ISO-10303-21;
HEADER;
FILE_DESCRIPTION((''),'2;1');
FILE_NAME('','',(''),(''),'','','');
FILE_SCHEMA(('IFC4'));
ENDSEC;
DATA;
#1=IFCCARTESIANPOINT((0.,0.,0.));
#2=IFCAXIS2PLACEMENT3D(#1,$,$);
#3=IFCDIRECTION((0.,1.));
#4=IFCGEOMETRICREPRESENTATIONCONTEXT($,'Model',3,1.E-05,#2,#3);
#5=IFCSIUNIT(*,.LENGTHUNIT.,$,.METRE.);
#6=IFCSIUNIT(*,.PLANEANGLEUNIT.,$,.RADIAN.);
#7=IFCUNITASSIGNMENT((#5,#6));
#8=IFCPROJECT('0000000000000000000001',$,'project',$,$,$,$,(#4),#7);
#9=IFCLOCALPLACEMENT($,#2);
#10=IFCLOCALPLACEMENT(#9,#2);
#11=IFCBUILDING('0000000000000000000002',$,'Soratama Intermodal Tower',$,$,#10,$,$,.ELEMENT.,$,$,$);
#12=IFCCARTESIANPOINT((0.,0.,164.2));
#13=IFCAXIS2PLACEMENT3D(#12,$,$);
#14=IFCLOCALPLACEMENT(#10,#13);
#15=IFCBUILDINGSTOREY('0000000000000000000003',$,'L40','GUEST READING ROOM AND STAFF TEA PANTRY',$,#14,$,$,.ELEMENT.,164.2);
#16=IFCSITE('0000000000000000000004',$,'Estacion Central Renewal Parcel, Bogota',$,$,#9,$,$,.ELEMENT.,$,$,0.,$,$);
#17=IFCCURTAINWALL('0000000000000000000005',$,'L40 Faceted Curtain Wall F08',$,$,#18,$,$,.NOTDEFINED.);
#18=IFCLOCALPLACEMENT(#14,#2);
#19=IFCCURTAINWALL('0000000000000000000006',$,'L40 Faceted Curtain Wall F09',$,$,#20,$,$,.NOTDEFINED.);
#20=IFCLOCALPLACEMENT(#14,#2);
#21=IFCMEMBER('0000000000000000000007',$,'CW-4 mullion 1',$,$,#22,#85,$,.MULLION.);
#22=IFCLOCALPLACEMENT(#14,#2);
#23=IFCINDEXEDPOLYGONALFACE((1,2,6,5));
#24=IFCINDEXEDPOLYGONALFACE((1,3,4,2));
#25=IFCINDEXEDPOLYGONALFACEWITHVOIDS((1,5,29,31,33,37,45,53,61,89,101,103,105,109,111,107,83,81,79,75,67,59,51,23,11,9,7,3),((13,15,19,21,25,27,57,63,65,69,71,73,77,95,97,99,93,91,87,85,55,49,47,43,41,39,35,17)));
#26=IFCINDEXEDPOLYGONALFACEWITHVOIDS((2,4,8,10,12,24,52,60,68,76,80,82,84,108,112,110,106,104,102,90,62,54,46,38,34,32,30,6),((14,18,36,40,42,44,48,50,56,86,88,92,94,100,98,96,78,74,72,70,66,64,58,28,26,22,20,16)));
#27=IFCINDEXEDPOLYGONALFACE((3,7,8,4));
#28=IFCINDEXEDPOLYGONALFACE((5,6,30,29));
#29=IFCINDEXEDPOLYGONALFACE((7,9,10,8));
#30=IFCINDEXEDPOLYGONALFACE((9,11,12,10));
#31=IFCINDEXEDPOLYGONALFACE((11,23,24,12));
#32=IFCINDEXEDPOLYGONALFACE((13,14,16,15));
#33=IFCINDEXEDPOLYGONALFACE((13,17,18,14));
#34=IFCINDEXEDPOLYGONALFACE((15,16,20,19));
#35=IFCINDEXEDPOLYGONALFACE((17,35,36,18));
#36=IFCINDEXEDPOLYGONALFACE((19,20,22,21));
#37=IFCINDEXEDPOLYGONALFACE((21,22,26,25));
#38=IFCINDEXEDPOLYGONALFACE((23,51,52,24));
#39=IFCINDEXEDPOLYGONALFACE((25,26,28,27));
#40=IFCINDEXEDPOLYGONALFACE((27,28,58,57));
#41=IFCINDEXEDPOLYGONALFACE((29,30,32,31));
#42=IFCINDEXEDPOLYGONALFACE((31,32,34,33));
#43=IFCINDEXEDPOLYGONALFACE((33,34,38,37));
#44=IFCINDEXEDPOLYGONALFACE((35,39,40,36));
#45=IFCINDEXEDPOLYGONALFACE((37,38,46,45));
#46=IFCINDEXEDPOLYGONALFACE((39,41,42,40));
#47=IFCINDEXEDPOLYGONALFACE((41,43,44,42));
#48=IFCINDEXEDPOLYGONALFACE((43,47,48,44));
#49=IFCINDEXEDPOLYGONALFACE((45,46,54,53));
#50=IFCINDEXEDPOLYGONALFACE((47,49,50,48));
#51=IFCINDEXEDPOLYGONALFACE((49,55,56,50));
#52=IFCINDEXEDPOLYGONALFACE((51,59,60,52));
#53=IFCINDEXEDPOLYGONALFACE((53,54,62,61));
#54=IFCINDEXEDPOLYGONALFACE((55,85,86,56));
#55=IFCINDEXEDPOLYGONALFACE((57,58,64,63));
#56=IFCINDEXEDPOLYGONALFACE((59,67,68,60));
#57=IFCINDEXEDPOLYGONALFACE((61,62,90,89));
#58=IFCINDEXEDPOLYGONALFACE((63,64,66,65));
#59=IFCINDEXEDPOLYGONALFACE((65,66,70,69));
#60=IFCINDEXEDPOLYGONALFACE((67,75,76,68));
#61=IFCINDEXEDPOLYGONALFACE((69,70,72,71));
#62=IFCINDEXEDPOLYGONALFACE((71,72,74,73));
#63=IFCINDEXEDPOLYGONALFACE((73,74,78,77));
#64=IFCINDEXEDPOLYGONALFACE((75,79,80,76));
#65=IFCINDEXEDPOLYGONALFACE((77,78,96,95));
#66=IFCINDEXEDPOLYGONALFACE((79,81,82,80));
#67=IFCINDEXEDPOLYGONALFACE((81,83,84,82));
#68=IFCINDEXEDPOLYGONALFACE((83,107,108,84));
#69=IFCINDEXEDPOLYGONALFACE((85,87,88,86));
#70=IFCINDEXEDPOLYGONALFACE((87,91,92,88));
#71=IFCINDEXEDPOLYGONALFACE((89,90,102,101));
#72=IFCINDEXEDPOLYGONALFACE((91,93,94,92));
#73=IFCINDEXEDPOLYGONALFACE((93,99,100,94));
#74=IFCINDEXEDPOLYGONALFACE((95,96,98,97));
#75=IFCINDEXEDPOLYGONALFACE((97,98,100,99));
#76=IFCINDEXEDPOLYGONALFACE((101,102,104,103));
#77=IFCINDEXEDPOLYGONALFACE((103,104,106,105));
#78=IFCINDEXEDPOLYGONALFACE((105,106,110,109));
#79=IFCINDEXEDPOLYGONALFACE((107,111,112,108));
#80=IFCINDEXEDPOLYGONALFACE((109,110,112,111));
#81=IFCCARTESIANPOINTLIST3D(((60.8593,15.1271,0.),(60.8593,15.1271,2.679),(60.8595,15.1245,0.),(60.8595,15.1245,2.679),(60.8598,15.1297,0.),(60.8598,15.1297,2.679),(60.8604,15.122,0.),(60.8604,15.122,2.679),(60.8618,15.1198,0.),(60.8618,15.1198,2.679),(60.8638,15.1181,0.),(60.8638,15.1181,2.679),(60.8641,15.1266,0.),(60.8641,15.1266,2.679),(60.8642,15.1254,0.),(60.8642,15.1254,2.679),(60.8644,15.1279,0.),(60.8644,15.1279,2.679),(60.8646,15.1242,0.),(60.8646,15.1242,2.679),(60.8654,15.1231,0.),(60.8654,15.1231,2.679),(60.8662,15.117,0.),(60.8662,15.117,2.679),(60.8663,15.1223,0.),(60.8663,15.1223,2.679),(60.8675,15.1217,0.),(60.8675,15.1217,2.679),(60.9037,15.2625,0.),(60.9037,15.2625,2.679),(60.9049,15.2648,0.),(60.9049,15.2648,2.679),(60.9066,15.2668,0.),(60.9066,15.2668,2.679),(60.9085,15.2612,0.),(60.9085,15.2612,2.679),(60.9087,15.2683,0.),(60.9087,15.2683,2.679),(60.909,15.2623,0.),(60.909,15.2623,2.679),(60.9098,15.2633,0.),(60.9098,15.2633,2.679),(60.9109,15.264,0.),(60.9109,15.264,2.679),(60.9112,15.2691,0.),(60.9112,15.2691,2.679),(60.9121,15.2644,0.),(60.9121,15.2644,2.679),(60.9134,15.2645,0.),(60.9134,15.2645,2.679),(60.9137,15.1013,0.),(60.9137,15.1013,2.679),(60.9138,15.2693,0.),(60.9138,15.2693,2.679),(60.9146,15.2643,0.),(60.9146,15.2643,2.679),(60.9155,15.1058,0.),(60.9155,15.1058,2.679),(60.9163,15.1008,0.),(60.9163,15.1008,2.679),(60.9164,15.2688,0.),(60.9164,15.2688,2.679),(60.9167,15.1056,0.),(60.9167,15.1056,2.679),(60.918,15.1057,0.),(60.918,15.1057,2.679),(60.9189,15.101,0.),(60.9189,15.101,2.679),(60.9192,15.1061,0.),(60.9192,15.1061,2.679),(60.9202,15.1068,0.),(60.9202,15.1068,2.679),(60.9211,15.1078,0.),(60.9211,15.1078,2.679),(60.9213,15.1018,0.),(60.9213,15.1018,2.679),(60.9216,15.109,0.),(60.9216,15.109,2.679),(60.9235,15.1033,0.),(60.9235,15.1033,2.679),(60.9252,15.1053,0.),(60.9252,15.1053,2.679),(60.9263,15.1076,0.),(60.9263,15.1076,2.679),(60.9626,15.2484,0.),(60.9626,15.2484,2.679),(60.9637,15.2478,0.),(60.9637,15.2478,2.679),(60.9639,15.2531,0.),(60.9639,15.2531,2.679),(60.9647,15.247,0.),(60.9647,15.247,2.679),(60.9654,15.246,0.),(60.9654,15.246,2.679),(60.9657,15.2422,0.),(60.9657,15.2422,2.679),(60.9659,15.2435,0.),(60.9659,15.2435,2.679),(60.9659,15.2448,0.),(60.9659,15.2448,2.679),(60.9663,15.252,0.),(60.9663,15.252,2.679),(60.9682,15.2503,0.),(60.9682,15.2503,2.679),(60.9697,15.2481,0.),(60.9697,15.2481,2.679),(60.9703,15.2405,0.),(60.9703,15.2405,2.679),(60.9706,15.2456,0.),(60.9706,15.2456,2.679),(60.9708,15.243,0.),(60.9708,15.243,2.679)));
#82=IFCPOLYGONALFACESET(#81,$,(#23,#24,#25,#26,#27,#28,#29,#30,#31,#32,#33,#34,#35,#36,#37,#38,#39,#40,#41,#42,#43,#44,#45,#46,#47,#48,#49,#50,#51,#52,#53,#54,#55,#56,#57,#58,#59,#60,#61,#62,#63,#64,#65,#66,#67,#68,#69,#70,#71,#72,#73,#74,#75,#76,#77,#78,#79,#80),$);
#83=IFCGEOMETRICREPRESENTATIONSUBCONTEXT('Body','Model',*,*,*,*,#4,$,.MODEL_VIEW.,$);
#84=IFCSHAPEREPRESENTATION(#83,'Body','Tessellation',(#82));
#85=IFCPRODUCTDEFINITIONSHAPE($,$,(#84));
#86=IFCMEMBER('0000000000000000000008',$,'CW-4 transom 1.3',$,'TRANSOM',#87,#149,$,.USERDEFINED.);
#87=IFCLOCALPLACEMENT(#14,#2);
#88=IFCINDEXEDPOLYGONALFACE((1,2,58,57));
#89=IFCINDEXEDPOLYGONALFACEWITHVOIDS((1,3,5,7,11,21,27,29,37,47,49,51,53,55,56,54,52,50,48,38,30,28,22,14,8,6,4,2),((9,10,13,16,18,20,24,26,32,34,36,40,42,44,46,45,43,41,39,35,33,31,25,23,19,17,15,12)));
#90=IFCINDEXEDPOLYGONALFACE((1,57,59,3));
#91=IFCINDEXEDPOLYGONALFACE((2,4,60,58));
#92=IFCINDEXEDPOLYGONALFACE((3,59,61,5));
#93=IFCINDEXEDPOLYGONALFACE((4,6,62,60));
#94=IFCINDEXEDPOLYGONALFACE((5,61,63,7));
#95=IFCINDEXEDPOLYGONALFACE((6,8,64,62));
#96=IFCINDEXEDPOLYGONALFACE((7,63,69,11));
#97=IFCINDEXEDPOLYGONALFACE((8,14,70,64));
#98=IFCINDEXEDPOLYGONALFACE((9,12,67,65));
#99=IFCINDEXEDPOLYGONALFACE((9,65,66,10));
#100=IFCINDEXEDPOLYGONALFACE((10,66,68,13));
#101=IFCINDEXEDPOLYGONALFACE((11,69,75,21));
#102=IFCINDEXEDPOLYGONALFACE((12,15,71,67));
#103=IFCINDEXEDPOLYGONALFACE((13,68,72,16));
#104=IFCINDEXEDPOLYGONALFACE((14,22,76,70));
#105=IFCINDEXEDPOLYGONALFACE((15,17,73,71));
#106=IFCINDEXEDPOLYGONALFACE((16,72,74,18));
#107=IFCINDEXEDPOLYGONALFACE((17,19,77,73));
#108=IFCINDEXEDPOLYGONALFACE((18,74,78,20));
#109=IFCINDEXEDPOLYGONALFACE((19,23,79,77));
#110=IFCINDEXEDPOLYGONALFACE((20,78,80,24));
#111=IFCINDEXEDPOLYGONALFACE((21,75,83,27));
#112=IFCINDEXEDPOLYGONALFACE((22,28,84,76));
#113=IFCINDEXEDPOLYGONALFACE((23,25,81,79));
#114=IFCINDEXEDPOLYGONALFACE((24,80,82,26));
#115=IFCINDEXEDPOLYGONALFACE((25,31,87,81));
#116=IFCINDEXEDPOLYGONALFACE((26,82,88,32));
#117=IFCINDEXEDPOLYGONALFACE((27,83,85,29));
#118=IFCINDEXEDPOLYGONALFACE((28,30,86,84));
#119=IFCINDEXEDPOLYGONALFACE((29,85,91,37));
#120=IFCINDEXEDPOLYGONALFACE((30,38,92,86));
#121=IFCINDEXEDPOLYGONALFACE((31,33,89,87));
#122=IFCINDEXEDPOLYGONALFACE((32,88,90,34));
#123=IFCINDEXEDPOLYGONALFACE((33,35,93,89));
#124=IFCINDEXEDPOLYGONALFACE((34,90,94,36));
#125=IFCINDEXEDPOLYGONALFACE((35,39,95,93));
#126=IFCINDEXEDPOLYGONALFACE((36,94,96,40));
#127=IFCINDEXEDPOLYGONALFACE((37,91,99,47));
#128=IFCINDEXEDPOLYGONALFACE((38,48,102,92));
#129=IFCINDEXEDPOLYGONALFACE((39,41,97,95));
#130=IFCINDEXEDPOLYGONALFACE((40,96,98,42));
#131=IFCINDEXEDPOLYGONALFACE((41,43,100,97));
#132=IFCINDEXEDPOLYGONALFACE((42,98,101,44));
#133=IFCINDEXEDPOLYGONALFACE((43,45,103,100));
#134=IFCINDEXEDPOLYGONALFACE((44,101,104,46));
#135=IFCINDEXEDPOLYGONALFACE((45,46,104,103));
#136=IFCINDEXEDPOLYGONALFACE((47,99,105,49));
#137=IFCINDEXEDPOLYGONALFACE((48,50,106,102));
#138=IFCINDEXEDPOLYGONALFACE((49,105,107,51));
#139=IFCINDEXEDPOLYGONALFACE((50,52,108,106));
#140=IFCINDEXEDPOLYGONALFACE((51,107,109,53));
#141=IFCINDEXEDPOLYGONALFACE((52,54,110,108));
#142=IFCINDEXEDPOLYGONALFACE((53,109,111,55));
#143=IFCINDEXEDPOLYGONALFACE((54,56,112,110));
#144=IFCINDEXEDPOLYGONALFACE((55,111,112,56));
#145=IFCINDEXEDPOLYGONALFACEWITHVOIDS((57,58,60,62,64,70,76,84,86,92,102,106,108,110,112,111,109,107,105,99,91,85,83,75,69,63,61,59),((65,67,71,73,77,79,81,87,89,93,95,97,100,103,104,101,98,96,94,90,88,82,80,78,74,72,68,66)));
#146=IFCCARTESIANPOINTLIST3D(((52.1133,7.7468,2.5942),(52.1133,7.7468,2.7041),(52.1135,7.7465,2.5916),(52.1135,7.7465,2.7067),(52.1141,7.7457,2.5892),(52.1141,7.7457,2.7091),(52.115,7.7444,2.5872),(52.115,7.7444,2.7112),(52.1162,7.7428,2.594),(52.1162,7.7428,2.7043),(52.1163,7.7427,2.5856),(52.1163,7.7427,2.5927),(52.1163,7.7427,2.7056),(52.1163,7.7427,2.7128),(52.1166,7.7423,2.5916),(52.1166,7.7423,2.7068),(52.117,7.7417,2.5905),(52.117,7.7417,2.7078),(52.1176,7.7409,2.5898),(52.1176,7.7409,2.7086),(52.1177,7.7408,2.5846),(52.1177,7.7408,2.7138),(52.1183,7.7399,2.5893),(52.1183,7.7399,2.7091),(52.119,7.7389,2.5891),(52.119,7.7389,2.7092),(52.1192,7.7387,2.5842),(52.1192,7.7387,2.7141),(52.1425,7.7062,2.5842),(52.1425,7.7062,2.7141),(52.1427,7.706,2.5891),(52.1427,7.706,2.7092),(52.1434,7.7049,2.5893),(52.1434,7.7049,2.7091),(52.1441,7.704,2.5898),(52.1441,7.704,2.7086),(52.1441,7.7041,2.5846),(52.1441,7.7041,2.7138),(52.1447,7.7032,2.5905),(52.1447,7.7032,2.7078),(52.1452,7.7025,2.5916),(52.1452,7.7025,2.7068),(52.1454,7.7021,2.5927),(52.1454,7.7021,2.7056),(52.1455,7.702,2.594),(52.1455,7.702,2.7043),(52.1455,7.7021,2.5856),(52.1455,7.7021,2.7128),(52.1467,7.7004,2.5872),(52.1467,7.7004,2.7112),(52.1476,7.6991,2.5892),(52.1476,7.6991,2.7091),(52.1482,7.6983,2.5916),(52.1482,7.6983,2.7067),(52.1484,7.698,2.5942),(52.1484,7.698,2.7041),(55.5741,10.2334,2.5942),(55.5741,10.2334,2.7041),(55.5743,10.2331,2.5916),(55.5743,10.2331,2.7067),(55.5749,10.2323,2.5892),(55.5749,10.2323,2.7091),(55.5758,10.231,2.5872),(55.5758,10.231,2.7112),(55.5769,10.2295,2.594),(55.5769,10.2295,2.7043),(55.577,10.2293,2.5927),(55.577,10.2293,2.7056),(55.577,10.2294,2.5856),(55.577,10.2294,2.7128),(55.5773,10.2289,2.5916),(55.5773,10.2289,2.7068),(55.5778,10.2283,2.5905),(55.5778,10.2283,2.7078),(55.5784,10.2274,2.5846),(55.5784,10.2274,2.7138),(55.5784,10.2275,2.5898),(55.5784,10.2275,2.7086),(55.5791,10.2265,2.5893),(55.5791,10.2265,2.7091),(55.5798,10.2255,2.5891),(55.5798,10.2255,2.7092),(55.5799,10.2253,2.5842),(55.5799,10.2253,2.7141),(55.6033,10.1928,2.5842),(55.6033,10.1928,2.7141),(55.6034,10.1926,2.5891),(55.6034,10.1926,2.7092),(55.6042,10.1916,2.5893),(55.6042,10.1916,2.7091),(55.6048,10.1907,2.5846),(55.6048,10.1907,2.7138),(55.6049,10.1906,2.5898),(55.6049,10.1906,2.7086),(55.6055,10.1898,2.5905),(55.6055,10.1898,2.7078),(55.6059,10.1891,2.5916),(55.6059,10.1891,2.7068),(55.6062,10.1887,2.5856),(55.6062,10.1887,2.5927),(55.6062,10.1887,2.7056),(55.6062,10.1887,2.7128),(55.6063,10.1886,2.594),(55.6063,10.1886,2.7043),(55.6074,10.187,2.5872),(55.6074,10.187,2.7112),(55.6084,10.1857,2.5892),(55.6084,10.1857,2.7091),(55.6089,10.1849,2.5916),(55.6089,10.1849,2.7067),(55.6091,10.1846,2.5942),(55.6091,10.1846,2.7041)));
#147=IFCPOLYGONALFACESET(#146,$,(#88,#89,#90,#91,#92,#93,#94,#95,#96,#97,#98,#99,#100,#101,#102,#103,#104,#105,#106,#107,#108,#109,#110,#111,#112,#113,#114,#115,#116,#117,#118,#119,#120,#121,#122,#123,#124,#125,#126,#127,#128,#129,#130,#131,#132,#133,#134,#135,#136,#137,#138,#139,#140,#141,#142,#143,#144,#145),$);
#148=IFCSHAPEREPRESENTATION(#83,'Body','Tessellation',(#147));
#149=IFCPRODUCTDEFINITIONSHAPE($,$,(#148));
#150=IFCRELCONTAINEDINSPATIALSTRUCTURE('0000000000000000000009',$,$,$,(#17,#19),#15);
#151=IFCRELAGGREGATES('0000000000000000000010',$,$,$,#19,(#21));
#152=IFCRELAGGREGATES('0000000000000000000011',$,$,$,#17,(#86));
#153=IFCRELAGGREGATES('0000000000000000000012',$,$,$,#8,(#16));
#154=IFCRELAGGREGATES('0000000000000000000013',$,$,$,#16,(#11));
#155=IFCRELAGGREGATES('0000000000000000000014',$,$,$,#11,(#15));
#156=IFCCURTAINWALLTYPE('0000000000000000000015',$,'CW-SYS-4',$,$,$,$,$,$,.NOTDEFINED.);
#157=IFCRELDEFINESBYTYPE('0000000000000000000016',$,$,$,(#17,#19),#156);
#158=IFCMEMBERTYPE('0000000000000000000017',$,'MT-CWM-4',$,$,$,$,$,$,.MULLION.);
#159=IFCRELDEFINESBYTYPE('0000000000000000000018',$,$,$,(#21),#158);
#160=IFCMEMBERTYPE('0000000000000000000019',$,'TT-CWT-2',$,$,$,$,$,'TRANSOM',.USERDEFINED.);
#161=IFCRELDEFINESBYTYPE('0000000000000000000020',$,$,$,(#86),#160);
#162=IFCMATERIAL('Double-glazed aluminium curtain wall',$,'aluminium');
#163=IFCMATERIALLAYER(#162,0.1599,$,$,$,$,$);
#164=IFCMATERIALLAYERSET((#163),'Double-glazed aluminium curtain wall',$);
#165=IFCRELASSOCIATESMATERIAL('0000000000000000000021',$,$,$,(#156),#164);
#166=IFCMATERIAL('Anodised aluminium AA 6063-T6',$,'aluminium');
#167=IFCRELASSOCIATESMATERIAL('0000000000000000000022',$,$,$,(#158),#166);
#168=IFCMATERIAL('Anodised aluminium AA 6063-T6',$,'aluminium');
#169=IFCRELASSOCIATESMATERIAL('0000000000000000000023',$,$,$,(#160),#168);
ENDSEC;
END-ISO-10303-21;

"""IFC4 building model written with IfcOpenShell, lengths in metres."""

from ifc_helpers import new_model, si_unit, direction, frame, origin, origin_2d, place, context, subcontext, project, spatial, hollow_rectangle, extrude, material, layer, layer_set, material_profile, profile_set, type_object, element, aggregate, save


model = new_model("IFC4")

# Units and contexts
model_context = context("Model", 3, precision=1e-05, world=origin(), true_north=direction((0.0, 1.0)))
body_context = subcontext(model_context, "Body", "Model", "MODEL_VIEW")
ifc_project = project(units=[si_unit("LENGTHUNIT", "METRE"), si_unit("PLANEANGLEUNIT", "RADIAN")], contexts=[model_context])

# Site, building, storey
site_placement = place(None, origin())
site = spatial("IfcSite", under=ifc_project, at=site_placement, Name="Estacion Central Renewal Parcel, Bogota", CompositionType="ELEMENT", RefElevation=0.0)
building_placement = place(site_placement, origin())
building = spatial("IfcBuilding", under=site, at=building_placement, Name="Soratama Intermodal Tower", CompositionType="ELEMENT")
storey_placement = place(building_placement, frame((0.0, 0.0, 164.2)))
storey = spatial("IfcBuildingStorey", under=building, at=storey_placement, Name="L40", Description="GUEST READING ROOM AND STAFF TEA PANTRY", CompositionType="ELEMENT", Elevation=164.2)

# Curtain wall
ifc_material_1 = material(Name="Double-glazed aluminium curtain wall", Category="aluminium")
ifc_layer_1 = layer(ifc_material_1, 0.1599)
ifc_layer_set_1 = layer_set([ifc_layer_1], Name="Double-glazed aluminium curtain wall")
curtain_wall_type = type_object("IfcCurtainWallType", Name="CW-SYS-4", PredefinedType="NOTDEFINED", material=ifc_layer_set_1)
curtain_wall_1_placement = place(storey_placement, origin())
curtain_wall_1 = element("IfcCurtainWall", 1, at=curtain_wall_1_placement, inside=storey, type_object=curtain_wall_type, Name="L40 Faceted Curtain Wall F08", PredefinedType="NOTDEFINED")
ifc_material_2 = material(Name="Anodised aluminium AA 6063-T6", Category="aluminium")
ifc_material_profile_1 = material_profile(ifc_material_2, hollow_rectangle(XDim=0.0701, YDim=0.1599, WallThickness=0.0049, InnerFilletRadius=0.0049, OuterFilletRadius=0.01, at=origin_2d()), Name="CWM160X70X5")
ifc_profile_set_1 = profile_set([ifc_material_profile_1], Name="Anodised aluminium AA 6063-T6")
member_type_1 = type_object("IfcMemberType", Name="MT-CWM-4", PredefinedType="MULLION", material=ifc_profile_set_1)

# Curtain wall, member
curtain_wall_2_placement = place(storey_placement, origin())
curtain_wall_2 = element("IfcCurtainWall", 2, at=curtain_wall_2_placement, inside=storey, type_object=curtain_wall_type, Name="L40 Faceted Curtain Wall F09", PredefinedType="NOTDEFINED")
member_1_placement = place(storey_placement, frame((60.915, 15.1851, 0.0), z_axis=(0.0, 0.0, 1.0), x_axis=(-0.949425, 0.313993, 0.0)))
member_1 = element("IfcMember", 3, at=member_1_placement, type_object=member_type_1, Name="CW-4 mullion 1", PredefinedType="MULLION", context=body_context, shape_type="SweptSolid", body=[
    extrude(hollow_rectangle(XDim=0.0701, YDim=0.1599, WallThickness=0.0049, InnerFilletRadius=0.0049, OuterFilletRadius=0.01, at=origin_2d()), origin(), (0.0, 0.0, 1.0), 2.679),
])
aggregate(curtain_wall_2, [member_1])

# Member
ifc_material_3 = material(Name="Anodised aluminium AA 6063-T6", Category="aluminium")
ifc_material_profile_2 = material_profile(ifc_material_3, hollow_rectangle(XDim=0.0601, YDim=0.1299, WallThickness=0.0049, InnerFilletRadius=0.0049, OuterFilletRadius=0.01, at=origin_2d()), Name="CWT130X60X5")
ifc_profile_set_2 = profile_set([ifc_material_profile_2], Name="Anodised aluminium AA 6063-T6")
member_type_2 = type_object("IfcMemberType", Name="TT-CWT-2", ElementType="TRANSOM", PredefinedType="USERDEFINED", material=ifc_profile_set_2)
member_2_placement = place(storey_placement, frame((52.1309, 7.7224, 2.6492), z_axis=(0.812104, 0.583512, 0.0), x_axis=(-0.583512, 0.812104, 0.0)))
member_2 = element("IfcMember", 4, at=member_2_placement, type_object=member_type_2, Name="CW-4 transom 1.3", ObjectType="TRANSOM", PredefinedType="USERDEFINED", context=body_context, shape_type="SweptSolid", body=[
    extrude(hollow_rectangle(XDim=0.0601, YDim=0.1299, WallThickness=0.0049, InnerFilletRadius=0.0049, OuterFilletRadius=0.01, at=origin_2d()), origin(), (0.0, 0.0, 1.0), 4.2615),
])

aggregate(curtain_wall_1, [member_2])

save(model, "model.ifc")
